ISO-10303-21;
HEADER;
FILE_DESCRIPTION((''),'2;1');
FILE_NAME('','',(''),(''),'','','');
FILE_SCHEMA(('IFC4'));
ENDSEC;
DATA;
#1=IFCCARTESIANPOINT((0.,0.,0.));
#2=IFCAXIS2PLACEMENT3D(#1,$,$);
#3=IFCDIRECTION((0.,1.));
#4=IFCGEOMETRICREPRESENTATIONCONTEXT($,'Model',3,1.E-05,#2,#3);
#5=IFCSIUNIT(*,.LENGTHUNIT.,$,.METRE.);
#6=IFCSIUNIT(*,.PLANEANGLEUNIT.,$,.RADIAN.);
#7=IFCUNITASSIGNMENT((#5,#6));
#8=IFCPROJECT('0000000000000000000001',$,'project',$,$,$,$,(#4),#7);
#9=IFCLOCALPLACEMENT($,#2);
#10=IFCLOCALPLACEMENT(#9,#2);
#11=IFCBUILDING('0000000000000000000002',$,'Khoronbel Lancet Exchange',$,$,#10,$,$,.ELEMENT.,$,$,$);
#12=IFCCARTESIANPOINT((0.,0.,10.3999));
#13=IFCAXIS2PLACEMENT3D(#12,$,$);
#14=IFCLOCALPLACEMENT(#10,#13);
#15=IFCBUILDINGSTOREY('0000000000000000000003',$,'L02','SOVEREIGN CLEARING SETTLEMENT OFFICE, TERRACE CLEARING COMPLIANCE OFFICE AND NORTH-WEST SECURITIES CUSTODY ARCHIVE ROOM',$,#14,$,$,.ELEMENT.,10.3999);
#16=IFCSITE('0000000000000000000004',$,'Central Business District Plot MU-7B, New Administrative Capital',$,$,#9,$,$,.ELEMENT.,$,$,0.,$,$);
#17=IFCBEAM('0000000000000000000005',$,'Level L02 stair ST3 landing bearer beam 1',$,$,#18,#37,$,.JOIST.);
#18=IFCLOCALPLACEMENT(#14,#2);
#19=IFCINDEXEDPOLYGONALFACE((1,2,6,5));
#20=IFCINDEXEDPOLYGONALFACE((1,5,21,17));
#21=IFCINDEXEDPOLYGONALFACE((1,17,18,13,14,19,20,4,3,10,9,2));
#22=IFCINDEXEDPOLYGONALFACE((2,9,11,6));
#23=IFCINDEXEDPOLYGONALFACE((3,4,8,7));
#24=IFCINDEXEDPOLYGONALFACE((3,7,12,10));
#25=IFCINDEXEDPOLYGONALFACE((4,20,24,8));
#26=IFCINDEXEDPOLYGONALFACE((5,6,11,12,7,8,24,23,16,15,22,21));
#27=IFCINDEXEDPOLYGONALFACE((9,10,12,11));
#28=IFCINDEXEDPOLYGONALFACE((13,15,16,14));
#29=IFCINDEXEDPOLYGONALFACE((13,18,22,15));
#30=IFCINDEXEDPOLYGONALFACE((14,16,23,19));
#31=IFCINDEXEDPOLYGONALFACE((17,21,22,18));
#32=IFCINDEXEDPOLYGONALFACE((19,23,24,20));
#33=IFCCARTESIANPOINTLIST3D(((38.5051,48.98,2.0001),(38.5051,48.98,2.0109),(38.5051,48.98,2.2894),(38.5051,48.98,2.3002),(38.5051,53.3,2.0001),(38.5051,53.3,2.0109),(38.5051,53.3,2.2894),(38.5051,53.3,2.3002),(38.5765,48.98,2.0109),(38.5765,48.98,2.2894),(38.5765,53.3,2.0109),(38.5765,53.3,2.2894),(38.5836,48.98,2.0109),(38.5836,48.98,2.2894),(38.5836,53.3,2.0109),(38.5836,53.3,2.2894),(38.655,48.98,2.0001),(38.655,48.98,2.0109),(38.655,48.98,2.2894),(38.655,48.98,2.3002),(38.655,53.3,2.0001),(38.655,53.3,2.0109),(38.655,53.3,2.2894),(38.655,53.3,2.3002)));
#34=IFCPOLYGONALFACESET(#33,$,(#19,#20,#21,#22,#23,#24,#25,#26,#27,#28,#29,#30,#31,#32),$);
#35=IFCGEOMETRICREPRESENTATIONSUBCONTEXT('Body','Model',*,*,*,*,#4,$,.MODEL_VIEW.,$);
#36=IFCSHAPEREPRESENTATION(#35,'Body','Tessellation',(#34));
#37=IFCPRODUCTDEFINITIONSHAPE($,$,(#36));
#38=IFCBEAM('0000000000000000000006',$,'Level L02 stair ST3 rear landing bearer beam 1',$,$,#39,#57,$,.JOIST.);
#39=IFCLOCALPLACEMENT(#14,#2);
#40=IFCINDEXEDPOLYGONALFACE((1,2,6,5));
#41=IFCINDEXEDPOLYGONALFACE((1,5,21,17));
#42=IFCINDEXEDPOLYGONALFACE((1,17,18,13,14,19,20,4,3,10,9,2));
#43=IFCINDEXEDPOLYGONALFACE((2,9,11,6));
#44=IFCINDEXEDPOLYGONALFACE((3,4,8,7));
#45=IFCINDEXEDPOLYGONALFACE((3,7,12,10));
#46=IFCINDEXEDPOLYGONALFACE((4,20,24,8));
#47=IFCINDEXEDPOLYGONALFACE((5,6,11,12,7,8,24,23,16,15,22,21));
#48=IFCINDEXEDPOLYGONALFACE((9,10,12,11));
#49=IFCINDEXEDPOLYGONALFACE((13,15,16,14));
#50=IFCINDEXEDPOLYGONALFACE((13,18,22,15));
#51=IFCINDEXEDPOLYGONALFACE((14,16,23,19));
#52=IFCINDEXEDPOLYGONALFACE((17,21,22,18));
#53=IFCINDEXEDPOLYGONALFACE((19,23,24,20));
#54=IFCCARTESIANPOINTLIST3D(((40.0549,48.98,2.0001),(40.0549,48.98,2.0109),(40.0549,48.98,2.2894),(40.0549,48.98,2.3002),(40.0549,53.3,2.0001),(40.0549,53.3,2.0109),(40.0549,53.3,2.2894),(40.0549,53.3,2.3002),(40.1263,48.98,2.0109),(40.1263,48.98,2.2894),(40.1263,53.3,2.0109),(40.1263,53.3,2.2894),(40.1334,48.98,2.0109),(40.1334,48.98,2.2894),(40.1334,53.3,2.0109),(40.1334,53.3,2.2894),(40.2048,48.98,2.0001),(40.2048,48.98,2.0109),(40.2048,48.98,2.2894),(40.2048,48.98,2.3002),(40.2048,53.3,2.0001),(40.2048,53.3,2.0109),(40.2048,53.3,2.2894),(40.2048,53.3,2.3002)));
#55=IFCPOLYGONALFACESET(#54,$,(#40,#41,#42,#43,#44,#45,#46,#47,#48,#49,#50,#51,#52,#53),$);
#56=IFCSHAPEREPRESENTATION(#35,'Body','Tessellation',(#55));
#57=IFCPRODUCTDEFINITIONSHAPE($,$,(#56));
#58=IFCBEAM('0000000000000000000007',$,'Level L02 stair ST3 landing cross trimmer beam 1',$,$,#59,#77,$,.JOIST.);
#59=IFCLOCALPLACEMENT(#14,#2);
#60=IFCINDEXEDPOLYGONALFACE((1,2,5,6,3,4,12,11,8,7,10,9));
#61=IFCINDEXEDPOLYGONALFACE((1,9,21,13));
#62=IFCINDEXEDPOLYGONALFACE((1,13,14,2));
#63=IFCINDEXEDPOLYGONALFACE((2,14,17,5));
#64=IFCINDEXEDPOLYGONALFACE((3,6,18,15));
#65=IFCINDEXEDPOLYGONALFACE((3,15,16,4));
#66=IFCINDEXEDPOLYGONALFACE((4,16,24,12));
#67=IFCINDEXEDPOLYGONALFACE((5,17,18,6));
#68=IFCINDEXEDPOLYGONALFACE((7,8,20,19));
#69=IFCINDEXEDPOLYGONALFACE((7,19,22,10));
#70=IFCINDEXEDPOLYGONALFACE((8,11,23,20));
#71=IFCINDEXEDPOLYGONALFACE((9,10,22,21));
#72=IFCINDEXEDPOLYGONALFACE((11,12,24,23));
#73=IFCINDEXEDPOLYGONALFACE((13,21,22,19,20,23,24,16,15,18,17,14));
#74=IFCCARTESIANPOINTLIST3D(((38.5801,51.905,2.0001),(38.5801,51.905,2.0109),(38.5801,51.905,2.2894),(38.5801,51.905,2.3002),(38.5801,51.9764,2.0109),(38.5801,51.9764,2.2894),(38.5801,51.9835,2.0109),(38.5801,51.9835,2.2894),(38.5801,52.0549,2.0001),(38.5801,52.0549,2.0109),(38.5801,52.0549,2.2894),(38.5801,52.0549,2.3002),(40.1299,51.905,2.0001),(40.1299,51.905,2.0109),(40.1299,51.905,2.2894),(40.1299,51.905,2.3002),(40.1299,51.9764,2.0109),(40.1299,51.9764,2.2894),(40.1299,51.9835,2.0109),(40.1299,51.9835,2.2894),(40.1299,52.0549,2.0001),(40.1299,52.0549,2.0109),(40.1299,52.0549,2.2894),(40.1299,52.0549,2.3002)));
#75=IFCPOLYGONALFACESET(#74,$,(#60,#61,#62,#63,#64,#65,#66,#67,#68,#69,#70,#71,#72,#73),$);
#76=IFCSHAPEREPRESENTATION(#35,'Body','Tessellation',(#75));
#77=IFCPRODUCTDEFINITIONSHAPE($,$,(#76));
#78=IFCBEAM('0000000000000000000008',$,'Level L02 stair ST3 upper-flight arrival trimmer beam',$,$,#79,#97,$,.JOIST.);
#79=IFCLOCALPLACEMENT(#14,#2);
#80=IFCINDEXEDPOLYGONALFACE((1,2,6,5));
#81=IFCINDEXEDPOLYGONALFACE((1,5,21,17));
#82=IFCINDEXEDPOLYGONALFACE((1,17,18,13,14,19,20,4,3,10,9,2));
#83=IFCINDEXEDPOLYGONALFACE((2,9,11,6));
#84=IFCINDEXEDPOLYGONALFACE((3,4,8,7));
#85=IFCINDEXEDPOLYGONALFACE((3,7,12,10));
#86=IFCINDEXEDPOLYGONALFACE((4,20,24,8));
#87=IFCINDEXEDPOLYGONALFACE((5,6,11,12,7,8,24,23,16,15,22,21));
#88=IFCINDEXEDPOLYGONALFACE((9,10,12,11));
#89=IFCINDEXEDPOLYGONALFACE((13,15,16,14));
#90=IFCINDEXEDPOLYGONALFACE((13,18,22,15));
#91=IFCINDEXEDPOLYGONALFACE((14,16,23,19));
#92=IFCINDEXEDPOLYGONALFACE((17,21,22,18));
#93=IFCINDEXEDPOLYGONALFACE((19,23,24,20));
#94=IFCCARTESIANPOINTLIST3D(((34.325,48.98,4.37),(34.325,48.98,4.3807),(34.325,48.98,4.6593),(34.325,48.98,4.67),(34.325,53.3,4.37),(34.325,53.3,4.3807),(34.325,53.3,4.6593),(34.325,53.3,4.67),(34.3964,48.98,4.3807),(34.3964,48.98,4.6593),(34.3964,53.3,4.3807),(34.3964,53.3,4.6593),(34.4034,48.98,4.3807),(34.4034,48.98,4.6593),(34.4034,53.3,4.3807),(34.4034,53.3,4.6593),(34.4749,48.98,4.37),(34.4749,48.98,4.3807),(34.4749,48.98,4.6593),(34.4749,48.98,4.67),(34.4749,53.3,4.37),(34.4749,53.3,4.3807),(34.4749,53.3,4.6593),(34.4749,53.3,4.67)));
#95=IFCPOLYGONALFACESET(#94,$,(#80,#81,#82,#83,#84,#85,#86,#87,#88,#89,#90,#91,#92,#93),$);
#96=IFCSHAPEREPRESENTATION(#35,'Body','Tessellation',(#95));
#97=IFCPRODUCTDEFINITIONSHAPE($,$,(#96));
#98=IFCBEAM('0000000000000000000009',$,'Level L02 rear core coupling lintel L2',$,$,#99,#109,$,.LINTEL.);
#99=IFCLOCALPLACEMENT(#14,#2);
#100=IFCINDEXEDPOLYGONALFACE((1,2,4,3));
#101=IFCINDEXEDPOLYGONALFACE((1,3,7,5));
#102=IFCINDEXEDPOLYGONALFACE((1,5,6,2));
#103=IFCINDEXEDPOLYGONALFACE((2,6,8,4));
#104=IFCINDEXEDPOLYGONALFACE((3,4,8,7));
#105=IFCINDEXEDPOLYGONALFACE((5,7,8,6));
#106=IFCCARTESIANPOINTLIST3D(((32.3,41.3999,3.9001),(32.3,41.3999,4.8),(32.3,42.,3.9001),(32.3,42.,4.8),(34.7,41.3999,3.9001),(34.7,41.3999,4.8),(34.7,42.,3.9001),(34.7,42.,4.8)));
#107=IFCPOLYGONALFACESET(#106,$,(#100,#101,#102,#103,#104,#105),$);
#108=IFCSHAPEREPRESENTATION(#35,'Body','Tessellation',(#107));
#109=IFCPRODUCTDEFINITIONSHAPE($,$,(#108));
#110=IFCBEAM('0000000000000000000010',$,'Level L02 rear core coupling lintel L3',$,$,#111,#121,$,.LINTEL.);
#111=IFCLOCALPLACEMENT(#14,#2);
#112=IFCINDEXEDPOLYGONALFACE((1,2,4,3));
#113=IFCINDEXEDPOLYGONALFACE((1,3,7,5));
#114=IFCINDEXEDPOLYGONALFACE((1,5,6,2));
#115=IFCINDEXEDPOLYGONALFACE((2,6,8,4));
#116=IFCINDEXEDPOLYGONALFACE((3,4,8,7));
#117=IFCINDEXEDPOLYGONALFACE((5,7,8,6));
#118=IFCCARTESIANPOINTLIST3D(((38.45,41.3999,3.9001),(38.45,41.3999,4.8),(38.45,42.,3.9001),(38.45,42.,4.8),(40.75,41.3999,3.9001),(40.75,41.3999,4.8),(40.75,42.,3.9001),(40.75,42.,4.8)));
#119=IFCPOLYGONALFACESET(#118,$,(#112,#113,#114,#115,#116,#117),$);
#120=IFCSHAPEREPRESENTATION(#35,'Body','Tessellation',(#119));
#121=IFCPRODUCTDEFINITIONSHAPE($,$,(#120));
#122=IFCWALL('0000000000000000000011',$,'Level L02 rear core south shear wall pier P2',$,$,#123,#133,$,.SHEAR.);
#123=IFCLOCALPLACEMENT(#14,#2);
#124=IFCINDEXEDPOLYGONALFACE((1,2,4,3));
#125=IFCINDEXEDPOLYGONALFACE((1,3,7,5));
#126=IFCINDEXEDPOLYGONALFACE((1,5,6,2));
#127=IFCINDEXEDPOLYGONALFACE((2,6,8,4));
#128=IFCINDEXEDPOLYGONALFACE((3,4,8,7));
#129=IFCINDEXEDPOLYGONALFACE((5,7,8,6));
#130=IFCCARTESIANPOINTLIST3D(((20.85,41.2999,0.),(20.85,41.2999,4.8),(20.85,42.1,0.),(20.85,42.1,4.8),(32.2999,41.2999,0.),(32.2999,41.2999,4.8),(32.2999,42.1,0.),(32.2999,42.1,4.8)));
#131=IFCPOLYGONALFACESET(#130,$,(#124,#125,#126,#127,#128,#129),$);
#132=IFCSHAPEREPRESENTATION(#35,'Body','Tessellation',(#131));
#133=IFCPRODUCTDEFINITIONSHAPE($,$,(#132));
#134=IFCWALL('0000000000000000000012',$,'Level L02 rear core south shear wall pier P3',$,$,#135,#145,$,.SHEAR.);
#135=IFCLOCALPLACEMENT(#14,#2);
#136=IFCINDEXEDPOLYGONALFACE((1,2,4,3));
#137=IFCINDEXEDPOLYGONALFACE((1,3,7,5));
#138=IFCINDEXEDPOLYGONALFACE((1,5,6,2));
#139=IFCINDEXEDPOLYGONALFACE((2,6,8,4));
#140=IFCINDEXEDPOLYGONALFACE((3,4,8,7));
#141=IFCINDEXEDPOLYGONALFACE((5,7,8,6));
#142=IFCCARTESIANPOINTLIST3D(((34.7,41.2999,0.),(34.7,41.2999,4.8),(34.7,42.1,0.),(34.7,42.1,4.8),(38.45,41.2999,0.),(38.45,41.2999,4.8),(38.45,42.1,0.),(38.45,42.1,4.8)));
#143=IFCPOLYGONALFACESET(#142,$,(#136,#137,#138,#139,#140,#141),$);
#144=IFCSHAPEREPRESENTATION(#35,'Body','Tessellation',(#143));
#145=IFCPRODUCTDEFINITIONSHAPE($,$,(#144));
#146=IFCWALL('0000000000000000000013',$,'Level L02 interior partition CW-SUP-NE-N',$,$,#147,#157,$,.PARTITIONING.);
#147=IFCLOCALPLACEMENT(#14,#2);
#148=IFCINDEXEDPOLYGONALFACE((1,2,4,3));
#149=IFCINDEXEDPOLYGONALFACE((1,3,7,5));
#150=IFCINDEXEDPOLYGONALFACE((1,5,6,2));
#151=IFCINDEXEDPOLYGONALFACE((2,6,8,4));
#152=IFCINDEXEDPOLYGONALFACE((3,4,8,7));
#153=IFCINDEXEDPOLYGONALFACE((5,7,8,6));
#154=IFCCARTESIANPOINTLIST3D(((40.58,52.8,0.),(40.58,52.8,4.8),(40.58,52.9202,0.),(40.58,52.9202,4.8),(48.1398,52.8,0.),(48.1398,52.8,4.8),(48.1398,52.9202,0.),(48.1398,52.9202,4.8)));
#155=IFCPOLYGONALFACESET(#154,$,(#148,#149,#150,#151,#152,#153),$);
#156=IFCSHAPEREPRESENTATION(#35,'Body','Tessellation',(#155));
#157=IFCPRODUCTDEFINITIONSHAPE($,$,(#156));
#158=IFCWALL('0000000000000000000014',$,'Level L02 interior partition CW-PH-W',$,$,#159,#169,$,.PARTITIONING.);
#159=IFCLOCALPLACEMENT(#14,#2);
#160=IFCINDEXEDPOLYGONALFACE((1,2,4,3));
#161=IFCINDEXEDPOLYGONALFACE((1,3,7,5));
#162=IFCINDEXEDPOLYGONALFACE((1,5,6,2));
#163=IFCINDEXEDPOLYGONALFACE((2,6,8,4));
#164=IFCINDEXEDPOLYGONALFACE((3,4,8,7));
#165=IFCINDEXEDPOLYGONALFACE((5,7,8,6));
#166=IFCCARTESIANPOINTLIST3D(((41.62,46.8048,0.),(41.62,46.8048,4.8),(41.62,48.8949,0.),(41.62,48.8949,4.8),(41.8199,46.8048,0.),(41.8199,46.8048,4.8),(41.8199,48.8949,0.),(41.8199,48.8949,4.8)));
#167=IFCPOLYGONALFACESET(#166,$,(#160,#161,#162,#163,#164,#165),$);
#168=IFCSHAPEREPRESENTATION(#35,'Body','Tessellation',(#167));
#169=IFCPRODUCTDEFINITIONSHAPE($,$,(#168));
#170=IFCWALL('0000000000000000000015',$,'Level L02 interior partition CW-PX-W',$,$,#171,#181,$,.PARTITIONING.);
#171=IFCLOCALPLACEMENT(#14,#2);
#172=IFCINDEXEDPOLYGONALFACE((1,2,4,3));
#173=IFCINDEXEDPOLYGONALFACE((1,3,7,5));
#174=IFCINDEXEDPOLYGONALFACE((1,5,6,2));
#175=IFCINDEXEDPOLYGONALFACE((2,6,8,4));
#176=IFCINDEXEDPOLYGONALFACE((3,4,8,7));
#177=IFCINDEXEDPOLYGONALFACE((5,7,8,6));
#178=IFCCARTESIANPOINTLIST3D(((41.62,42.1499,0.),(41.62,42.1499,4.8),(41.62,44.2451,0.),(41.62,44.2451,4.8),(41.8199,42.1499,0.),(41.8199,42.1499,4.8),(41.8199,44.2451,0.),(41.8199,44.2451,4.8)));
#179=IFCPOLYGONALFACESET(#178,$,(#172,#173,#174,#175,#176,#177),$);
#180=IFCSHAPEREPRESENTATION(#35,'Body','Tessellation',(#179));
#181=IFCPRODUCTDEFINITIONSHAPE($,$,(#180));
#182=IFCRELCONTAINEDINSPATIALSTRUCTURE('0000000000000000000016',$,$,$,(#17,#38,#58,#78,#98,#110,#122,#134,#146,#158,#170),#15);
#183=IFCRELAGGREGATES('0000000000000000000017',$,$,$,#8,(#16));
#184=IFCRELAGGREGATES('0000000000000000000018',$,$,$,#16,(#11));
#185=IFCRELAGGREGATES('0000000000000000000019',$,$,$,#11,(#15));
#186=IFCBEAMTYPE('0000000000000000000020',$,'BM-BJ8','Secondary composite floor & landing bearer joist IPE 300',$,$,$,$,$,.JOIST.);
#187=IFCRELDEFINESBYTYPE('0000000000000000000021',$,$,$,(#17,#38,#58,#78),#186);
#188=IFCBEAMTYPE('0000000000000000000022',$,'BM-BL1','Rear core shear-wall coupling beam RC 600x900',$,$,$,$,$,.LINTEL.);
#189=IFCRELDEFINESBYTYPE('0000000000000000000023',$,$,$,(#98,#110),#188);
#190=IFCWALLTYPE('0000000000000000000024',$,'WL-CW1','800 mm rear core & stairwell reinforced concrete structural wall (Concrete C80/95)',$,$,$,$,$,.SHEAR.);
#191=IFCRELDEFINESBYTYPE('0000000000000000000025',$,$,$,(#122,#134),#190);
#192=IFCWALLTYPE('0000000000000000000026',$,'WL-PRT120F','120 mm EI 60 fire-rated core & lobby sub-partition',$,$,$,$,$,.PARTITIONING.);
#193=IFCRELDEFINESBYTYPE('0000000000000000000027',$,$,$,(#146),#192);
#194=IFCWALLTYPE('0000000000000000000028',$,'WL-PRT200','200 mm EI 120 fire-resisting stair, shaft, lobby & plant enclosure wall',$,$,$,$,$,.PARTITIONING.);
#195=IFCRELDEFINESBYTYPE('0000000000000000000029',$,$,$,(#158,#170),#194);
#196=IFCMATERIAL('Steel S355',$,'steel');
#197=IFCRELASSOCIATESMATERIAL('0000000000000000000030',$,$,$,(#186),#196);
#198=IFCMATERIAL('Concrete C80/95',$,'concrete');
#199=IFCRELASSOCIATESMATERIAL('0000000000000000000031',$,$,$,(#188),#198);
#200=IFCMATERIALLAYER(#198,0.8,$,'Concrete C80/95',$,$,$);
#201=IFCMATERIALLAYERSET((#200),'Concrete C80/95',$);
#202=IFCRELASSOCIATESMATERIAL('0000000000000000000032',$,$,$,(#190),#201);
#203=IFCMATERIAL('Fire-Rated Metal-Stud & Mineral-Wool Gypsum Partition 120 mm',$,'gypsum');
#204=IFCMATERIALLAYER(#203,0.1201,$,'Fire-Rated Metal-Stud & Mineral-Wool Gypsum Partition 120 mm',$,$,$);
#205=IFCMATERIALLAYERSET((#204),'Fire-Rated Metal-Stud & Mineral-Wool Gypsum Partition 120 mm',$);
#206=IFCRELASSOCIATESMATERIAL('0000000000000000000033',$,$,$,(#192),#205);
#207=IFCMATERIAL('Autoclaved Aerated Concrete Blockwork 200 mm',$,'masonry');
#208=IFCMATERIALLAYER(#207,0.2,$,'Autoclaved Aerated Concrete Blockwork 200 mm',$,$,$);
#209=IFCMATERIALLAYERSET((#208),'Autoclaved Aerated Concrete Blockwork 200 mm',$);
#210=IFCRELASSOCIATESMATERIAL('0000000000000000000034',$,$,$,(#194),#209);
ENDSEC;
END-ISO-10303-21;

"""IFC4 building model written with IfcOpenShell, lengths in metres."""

from ifc_helpers import new_model, si_unit, direction, frame, frame_2d, origin, origin_2d, place, context, subcontext, project, spatial, rectangle, i_section, extrude, material, layer, layer_set, material_profile, profile_set, type_object, element, save


model = new_model("IFC4")

# Units and contexts
model_context = context("Model", 3, precision=1e-05, world=origin(), true_north=direction((0.0, 1.0)))
body_context = subcontext(model_context, "Body", "Model", "MODEL_VIEW")
ifc_project = project(units=[si_unit("LENGTHUNIT", "METRE"), si_unit("PLANEANGLEUNIT", "RADIAN")], contexts=[model_context])

# Site, building, storey
site_placement = place(None, origin())
site = spatial("IfcSite", under=ifc_project, at=site_placement, Name="Central Business District Plot MU-7B, New Administrative Capital", CompositionType="ELEMENT", RefElevation=0.0)
building_placement = place(site_placement, origin())
building = spatial("IfcBuilding", under=site, at=building_placement, Name="Khoronbel Lancet Exchange", CompositionType="ELEMENT")
storey_placement = place(building_placement, frame((0.0, 0.0, 10.3999)))
storey = spatial("IfcBuildingStorey", under=building, at=storey_placement, Name="L02", Description="SOVEREIGN CLEARING SETTLEMENT OFFICE, TERRACE CLEARING COMPLIANCE OFFICE AND NORTH-WEST SECURITIES CUSTODY ARCHIVE ROOM", CompositionType="ELEMENT", Elevation=10.3999)

# Beams
ifc_material_1 = material(Name="Steel S355", Category="steel")
ifc_material_profile_1 = material_profile(ifc_material_1, i_section(OverallWidth=0.1499, OverallDepth=0.3, WebThickness=0.0071, FlangeThickness=0.0107, at=origin_2d()), Name="IPE 300")
ifc_profile_set_1 = profile_set([ifc_material_profile_1], Name="Steel S355")
beam_type_1 = type_object("IfcBeamType", Name="BM-BJ8", Description="Secondary composite floor & landing bearer joist IPE 300", PredefinedType="JOIST", material=ifc_profile_set_1)
for number, where, z_axis, x_axis, name in (
    (1, (38.5801, 48.98, 2.1501), (0.0, 1.0, 0.0), (-1.0, 0.0, 0.0), "Level L02 stair ST3 landing bearer beam 1"),
    (2, (40.1299, 48.98, 2.1501), (0.0, 1.0, 0.0), (-1.0, 0.0, 0.0), "Level L02 stair ST3 rear landing bearer beam 1"),
):
    element("IfcBeam", number, at=place(storey_placement, frame(where, z_axis=z_axis, x_axis=x_axis)), inside=storey, type_object=beam_type_1, Name=name, PredefinedType="JOIST", context=body_context, shape_type="SweptSolid", body=[
        extrude(i_section(OverallWidth=0.1499, OverallDepth=0.3, WebThickness=0.0071, FlangeThickness=0.0107, at=origin_2d()), origin(), (0.0, 0.0, 1.0), 4.3201),
    ])
beam_1_placement = place(storey_placement, frame((38.5801, 51.98, 2.1501), z_axis=(1.0, 0.0, 0.0), x_axis=(0.0, 1.0, 0.0)))
element("IfcBeam", 3, at=beam_1_placement, inside=storey, type_object=beam_type_1, Name="Level L02 stair ST3 landing cross trimmer beam 1", PredefinedType="JOIST", context=body_context, shape_type="SweptSolid", body=[
    extrude(i_section(OverallWidth=0.1499, OverallDepth=0.3, WebThickness=0.0071, FlangeThickness=0.0107, at=origin_2d()), origin(), (0.0, 0.0, 1.0), 1.5498),
])
beam_2_placement = place(storey_placement, frame((34.3999, 48.98, 4.52), z_axis=(0.0, 1.0, 0.0), x_axis=(-1.0, 0.0, 0.0)))
element("IfcBeam", 4, at=beam_2_placement, inside=storey, type_object=beam_type_1, Name="Level L02 stair ST3 upper-flight arrival trimmer beam", PredefinedType="JOIST", context=body_context, shape_type="SweptSolid", body=[
    extrude(i_section(OverallWidth=0.1499, OverallDepth=0.3, WebThickness=0.0071, FlangeThickness=0.0107, at=origin_2d()), origin(), (0.0, 0.0, 1.0), 4.3201),
])
ifc_material_2 = material(Name="Concrete C80/95", Category="concrete")
ifc_material_profile_2 = material_profile(ifc_material_2, rectangle(XDim=0.6001, YDim=0.8999, at=origin_2d()), Name="RC 600x900")
ifc_profile_set_2 = profile_set([ifc_material_profile_2], Name="Concrete C80/95")
beam_type_2 = type_object("IfcBeamType", Name="BM-BL1", Description="Rear core shear-wall coupling beam RC 600x900", PredefinedType="LINTEL", material=ifc_profile_set_2)
beam_3_placement = place(storey_placement, frame((32.3, 41.7, 4.3501), z_axis=(1.0, 0.0, 0.0), x_axis=(0.0, 1.0, 0.0)))
element("IfcBeam", 5, at=beam_3_placement, inside=storey, type_object=beam_type_2, Name="Level L02 rear core coupling lintel L2", PredefinedType="LINTEL", context=body_context, shape_type="SweptSolid", body=[
    extrude(rectangle(XDim=0.6001, YDim=0.8999, at=origin_2d()), origin(), (0.0, 0.0, 1.0), 2.3999),
])
beam_4_placement = place(storey_placement, frame((38.45, 41.7, 4.3501), z_axis=(1.0, 0.0, 0.0), x_axis=(0.0, 1.0, 0.0)))
element("IfcBeam", 6, at=beam_4_placement, inside=storey, type_object=beam_type_2, Name="Level L02 rear core coupling lintel L3", PredefinedType="LINTEL", context=body_context, shape_type="SweptSolid", body=[
    extrude(rectangle(XDim=0.6001, YDim=0.8999, at=origin_2d()), origin(), (0.0, 0.0, 1.0), 2.3),
])

# Walls
ifc_layer_1 = layer(ifc_material_2, 0.8, Name="Concrete C80/95")
ifc_layer_set_1 = layer_set([ifc_layer_1], Name="Concrete C80/95")
wall_type_1 = type_object("IfcWallType", Name="WL-CW1", Description="800 mm rear core & stairwell reinforced concrete structural wall (Concrete C80/95)", PredefinedType="SHEAR", material=ifc_layer_set_1)
wall_1_placement = place(storey_placement, frame((32.3, 41.7, 0.0), z_axis=(0.0, 0.0, 1.0), x_axis=(-1.0, 0.0, 0.0)))
element("IfcWall", 7, at=wall_1_placement, inside=storey, type_object=wall_type_1, Name="Level L02 rear core south shear wall pier P2", PredefinedType="SHEAR", context=body_context, shape_type="SweptSolid", body=[
    extrude(rectangle(XDim=11.45, YDim=0.8, at=frame_2d((5.7251, 0.0))), origin(), (0.0, 0.0, 1.0), 4.8),
])
wall_2_placement = place(storey_placement, frame((38.45, 41.7, 0.0), z_axis=(0.0, 0.0, 1.0), x_axis=(-1.0, 0.0, 0.0)))
element("IfcWall", 8, at=wall_2_placement, inside=storey, type_object=wall_type_1, Name="Level L02 rear core south shear wall pier P3", PredefinedType="SHEAR", context=body_context, shape_type="SweptSolid", body=[
    extrude(rectangle(XDim=3.75, YDim=0.8, at=frame_2d((1.875, 0.0))), origin(), (0.0, 0.0, 1.0), 4.8),
])
ifc_material_3 = material(Name="Fire-Rated Metal-Stud & Mineral-Wool Gypsum Partition 120 mm", Category="gypsum")
ifc_layer_2 = layer(ifc_material_3, 0.1201, Name="Fire-Rated Metal-Stud & Mineral-Wool Gypsum Partition 120 mm")
ifc_layer_set_2 = layer_set([ifc_layer_2], Name="Fire-Rated Metal-Stud & Mineral-Wool Gypsum Partition 120 mm")
wall_type_2 = type_object("IfcWallType", Name="WL-PRT120F", Description="120 mm EI 60 fire-rated core & lobby sub-partition", PredefinedType="PARTITIONING", material=ifc_layer_set_2)
wall_3_placement = place(storey_placement, frame((40.5801, 52.8601, 0.0), z_axis=(0.0, 0.0, 1.0), x_axis=(1.0, 0.0, 0.0)))
element("IfcWall", 9, at=wall_3_placement, inside=storey, type_object=wall_type_2, Name="Level L02 interior partition CW-SUP-NE-N", PredefinedType="PARTITIONING", context=body_context, shape_type="SweptSolid", body=[
    extrude(rectangle(XDim=7.5598, YDim=0.1201, at=frame_2d((3.7798, 0.0))), origin(), (0.0, 0.0, 1.0), 4.8),
])
ifc_material_4 = material(Name="Autoclaved Aerated Concrete Blockwork 200 mm", Category="masonry")
ifc_layer_3 = layer(ifc_material_4, 0.2, Name="Autoclaved Aerated Concrete Blockwork 200 mm")
ifc_layer_set_3 = layer_set([ifc_layer_3], Name="Autoclaved Aerated Concrete Blockwork 200 mm")
wall_type_3 = type_object("IfcWallType", Name="WL-PRT200", Description="200 mm EI 120 fire-resisting stair, shaft, lobby & plant enclosure wall", PredefinedType="PARTITIONING", material=ifc_layer_set_3)
wall_4_placement = place(storey_placement, frame((41.72, 46.8049, 0.0), z_axis=(0.0, 0.0, 1.0), x_axis=(0.0, 1.0, 0.0)))
element("IfcWall", 10, at=wall_4_placement, inside=storey, type_object=wall_type_3, Name="Level L02 interior partition CW-PH-W", PredefinedType="PARTITIONING", context=body_context, shape_type="SweptSolid", body=[
    extrude(rectangle(XDim=2.0901, YDim=0.2, at=frame_2d((1.0449, 0.0))), origin(), (0.0, 0.0, 1.0), 4.8),
])
wall_5_placement = place(storey_placement, frame((41.72, 42.1499, 0.0), z_axis=(0.0, 0.0, 1.0), x_axis=(0.0, 1.0, 0.0)))
element("IfcWall", 11, at=wall_5_placement, inside=storey, type_object=wall_type_3, Name="Level L02 interior partition CW-PX-W", PredefinedType="PARTITIONING", context=body_context, shape_type="SweptSolid", body=[
    extrude(rectangle(XDim=2.0952, YDim=0.2, at=frame_2d((1.0476, 0.0))), origin(), (0.0, 0.0, 1.0), 4.8),
])

save(model, "model.ifc")
